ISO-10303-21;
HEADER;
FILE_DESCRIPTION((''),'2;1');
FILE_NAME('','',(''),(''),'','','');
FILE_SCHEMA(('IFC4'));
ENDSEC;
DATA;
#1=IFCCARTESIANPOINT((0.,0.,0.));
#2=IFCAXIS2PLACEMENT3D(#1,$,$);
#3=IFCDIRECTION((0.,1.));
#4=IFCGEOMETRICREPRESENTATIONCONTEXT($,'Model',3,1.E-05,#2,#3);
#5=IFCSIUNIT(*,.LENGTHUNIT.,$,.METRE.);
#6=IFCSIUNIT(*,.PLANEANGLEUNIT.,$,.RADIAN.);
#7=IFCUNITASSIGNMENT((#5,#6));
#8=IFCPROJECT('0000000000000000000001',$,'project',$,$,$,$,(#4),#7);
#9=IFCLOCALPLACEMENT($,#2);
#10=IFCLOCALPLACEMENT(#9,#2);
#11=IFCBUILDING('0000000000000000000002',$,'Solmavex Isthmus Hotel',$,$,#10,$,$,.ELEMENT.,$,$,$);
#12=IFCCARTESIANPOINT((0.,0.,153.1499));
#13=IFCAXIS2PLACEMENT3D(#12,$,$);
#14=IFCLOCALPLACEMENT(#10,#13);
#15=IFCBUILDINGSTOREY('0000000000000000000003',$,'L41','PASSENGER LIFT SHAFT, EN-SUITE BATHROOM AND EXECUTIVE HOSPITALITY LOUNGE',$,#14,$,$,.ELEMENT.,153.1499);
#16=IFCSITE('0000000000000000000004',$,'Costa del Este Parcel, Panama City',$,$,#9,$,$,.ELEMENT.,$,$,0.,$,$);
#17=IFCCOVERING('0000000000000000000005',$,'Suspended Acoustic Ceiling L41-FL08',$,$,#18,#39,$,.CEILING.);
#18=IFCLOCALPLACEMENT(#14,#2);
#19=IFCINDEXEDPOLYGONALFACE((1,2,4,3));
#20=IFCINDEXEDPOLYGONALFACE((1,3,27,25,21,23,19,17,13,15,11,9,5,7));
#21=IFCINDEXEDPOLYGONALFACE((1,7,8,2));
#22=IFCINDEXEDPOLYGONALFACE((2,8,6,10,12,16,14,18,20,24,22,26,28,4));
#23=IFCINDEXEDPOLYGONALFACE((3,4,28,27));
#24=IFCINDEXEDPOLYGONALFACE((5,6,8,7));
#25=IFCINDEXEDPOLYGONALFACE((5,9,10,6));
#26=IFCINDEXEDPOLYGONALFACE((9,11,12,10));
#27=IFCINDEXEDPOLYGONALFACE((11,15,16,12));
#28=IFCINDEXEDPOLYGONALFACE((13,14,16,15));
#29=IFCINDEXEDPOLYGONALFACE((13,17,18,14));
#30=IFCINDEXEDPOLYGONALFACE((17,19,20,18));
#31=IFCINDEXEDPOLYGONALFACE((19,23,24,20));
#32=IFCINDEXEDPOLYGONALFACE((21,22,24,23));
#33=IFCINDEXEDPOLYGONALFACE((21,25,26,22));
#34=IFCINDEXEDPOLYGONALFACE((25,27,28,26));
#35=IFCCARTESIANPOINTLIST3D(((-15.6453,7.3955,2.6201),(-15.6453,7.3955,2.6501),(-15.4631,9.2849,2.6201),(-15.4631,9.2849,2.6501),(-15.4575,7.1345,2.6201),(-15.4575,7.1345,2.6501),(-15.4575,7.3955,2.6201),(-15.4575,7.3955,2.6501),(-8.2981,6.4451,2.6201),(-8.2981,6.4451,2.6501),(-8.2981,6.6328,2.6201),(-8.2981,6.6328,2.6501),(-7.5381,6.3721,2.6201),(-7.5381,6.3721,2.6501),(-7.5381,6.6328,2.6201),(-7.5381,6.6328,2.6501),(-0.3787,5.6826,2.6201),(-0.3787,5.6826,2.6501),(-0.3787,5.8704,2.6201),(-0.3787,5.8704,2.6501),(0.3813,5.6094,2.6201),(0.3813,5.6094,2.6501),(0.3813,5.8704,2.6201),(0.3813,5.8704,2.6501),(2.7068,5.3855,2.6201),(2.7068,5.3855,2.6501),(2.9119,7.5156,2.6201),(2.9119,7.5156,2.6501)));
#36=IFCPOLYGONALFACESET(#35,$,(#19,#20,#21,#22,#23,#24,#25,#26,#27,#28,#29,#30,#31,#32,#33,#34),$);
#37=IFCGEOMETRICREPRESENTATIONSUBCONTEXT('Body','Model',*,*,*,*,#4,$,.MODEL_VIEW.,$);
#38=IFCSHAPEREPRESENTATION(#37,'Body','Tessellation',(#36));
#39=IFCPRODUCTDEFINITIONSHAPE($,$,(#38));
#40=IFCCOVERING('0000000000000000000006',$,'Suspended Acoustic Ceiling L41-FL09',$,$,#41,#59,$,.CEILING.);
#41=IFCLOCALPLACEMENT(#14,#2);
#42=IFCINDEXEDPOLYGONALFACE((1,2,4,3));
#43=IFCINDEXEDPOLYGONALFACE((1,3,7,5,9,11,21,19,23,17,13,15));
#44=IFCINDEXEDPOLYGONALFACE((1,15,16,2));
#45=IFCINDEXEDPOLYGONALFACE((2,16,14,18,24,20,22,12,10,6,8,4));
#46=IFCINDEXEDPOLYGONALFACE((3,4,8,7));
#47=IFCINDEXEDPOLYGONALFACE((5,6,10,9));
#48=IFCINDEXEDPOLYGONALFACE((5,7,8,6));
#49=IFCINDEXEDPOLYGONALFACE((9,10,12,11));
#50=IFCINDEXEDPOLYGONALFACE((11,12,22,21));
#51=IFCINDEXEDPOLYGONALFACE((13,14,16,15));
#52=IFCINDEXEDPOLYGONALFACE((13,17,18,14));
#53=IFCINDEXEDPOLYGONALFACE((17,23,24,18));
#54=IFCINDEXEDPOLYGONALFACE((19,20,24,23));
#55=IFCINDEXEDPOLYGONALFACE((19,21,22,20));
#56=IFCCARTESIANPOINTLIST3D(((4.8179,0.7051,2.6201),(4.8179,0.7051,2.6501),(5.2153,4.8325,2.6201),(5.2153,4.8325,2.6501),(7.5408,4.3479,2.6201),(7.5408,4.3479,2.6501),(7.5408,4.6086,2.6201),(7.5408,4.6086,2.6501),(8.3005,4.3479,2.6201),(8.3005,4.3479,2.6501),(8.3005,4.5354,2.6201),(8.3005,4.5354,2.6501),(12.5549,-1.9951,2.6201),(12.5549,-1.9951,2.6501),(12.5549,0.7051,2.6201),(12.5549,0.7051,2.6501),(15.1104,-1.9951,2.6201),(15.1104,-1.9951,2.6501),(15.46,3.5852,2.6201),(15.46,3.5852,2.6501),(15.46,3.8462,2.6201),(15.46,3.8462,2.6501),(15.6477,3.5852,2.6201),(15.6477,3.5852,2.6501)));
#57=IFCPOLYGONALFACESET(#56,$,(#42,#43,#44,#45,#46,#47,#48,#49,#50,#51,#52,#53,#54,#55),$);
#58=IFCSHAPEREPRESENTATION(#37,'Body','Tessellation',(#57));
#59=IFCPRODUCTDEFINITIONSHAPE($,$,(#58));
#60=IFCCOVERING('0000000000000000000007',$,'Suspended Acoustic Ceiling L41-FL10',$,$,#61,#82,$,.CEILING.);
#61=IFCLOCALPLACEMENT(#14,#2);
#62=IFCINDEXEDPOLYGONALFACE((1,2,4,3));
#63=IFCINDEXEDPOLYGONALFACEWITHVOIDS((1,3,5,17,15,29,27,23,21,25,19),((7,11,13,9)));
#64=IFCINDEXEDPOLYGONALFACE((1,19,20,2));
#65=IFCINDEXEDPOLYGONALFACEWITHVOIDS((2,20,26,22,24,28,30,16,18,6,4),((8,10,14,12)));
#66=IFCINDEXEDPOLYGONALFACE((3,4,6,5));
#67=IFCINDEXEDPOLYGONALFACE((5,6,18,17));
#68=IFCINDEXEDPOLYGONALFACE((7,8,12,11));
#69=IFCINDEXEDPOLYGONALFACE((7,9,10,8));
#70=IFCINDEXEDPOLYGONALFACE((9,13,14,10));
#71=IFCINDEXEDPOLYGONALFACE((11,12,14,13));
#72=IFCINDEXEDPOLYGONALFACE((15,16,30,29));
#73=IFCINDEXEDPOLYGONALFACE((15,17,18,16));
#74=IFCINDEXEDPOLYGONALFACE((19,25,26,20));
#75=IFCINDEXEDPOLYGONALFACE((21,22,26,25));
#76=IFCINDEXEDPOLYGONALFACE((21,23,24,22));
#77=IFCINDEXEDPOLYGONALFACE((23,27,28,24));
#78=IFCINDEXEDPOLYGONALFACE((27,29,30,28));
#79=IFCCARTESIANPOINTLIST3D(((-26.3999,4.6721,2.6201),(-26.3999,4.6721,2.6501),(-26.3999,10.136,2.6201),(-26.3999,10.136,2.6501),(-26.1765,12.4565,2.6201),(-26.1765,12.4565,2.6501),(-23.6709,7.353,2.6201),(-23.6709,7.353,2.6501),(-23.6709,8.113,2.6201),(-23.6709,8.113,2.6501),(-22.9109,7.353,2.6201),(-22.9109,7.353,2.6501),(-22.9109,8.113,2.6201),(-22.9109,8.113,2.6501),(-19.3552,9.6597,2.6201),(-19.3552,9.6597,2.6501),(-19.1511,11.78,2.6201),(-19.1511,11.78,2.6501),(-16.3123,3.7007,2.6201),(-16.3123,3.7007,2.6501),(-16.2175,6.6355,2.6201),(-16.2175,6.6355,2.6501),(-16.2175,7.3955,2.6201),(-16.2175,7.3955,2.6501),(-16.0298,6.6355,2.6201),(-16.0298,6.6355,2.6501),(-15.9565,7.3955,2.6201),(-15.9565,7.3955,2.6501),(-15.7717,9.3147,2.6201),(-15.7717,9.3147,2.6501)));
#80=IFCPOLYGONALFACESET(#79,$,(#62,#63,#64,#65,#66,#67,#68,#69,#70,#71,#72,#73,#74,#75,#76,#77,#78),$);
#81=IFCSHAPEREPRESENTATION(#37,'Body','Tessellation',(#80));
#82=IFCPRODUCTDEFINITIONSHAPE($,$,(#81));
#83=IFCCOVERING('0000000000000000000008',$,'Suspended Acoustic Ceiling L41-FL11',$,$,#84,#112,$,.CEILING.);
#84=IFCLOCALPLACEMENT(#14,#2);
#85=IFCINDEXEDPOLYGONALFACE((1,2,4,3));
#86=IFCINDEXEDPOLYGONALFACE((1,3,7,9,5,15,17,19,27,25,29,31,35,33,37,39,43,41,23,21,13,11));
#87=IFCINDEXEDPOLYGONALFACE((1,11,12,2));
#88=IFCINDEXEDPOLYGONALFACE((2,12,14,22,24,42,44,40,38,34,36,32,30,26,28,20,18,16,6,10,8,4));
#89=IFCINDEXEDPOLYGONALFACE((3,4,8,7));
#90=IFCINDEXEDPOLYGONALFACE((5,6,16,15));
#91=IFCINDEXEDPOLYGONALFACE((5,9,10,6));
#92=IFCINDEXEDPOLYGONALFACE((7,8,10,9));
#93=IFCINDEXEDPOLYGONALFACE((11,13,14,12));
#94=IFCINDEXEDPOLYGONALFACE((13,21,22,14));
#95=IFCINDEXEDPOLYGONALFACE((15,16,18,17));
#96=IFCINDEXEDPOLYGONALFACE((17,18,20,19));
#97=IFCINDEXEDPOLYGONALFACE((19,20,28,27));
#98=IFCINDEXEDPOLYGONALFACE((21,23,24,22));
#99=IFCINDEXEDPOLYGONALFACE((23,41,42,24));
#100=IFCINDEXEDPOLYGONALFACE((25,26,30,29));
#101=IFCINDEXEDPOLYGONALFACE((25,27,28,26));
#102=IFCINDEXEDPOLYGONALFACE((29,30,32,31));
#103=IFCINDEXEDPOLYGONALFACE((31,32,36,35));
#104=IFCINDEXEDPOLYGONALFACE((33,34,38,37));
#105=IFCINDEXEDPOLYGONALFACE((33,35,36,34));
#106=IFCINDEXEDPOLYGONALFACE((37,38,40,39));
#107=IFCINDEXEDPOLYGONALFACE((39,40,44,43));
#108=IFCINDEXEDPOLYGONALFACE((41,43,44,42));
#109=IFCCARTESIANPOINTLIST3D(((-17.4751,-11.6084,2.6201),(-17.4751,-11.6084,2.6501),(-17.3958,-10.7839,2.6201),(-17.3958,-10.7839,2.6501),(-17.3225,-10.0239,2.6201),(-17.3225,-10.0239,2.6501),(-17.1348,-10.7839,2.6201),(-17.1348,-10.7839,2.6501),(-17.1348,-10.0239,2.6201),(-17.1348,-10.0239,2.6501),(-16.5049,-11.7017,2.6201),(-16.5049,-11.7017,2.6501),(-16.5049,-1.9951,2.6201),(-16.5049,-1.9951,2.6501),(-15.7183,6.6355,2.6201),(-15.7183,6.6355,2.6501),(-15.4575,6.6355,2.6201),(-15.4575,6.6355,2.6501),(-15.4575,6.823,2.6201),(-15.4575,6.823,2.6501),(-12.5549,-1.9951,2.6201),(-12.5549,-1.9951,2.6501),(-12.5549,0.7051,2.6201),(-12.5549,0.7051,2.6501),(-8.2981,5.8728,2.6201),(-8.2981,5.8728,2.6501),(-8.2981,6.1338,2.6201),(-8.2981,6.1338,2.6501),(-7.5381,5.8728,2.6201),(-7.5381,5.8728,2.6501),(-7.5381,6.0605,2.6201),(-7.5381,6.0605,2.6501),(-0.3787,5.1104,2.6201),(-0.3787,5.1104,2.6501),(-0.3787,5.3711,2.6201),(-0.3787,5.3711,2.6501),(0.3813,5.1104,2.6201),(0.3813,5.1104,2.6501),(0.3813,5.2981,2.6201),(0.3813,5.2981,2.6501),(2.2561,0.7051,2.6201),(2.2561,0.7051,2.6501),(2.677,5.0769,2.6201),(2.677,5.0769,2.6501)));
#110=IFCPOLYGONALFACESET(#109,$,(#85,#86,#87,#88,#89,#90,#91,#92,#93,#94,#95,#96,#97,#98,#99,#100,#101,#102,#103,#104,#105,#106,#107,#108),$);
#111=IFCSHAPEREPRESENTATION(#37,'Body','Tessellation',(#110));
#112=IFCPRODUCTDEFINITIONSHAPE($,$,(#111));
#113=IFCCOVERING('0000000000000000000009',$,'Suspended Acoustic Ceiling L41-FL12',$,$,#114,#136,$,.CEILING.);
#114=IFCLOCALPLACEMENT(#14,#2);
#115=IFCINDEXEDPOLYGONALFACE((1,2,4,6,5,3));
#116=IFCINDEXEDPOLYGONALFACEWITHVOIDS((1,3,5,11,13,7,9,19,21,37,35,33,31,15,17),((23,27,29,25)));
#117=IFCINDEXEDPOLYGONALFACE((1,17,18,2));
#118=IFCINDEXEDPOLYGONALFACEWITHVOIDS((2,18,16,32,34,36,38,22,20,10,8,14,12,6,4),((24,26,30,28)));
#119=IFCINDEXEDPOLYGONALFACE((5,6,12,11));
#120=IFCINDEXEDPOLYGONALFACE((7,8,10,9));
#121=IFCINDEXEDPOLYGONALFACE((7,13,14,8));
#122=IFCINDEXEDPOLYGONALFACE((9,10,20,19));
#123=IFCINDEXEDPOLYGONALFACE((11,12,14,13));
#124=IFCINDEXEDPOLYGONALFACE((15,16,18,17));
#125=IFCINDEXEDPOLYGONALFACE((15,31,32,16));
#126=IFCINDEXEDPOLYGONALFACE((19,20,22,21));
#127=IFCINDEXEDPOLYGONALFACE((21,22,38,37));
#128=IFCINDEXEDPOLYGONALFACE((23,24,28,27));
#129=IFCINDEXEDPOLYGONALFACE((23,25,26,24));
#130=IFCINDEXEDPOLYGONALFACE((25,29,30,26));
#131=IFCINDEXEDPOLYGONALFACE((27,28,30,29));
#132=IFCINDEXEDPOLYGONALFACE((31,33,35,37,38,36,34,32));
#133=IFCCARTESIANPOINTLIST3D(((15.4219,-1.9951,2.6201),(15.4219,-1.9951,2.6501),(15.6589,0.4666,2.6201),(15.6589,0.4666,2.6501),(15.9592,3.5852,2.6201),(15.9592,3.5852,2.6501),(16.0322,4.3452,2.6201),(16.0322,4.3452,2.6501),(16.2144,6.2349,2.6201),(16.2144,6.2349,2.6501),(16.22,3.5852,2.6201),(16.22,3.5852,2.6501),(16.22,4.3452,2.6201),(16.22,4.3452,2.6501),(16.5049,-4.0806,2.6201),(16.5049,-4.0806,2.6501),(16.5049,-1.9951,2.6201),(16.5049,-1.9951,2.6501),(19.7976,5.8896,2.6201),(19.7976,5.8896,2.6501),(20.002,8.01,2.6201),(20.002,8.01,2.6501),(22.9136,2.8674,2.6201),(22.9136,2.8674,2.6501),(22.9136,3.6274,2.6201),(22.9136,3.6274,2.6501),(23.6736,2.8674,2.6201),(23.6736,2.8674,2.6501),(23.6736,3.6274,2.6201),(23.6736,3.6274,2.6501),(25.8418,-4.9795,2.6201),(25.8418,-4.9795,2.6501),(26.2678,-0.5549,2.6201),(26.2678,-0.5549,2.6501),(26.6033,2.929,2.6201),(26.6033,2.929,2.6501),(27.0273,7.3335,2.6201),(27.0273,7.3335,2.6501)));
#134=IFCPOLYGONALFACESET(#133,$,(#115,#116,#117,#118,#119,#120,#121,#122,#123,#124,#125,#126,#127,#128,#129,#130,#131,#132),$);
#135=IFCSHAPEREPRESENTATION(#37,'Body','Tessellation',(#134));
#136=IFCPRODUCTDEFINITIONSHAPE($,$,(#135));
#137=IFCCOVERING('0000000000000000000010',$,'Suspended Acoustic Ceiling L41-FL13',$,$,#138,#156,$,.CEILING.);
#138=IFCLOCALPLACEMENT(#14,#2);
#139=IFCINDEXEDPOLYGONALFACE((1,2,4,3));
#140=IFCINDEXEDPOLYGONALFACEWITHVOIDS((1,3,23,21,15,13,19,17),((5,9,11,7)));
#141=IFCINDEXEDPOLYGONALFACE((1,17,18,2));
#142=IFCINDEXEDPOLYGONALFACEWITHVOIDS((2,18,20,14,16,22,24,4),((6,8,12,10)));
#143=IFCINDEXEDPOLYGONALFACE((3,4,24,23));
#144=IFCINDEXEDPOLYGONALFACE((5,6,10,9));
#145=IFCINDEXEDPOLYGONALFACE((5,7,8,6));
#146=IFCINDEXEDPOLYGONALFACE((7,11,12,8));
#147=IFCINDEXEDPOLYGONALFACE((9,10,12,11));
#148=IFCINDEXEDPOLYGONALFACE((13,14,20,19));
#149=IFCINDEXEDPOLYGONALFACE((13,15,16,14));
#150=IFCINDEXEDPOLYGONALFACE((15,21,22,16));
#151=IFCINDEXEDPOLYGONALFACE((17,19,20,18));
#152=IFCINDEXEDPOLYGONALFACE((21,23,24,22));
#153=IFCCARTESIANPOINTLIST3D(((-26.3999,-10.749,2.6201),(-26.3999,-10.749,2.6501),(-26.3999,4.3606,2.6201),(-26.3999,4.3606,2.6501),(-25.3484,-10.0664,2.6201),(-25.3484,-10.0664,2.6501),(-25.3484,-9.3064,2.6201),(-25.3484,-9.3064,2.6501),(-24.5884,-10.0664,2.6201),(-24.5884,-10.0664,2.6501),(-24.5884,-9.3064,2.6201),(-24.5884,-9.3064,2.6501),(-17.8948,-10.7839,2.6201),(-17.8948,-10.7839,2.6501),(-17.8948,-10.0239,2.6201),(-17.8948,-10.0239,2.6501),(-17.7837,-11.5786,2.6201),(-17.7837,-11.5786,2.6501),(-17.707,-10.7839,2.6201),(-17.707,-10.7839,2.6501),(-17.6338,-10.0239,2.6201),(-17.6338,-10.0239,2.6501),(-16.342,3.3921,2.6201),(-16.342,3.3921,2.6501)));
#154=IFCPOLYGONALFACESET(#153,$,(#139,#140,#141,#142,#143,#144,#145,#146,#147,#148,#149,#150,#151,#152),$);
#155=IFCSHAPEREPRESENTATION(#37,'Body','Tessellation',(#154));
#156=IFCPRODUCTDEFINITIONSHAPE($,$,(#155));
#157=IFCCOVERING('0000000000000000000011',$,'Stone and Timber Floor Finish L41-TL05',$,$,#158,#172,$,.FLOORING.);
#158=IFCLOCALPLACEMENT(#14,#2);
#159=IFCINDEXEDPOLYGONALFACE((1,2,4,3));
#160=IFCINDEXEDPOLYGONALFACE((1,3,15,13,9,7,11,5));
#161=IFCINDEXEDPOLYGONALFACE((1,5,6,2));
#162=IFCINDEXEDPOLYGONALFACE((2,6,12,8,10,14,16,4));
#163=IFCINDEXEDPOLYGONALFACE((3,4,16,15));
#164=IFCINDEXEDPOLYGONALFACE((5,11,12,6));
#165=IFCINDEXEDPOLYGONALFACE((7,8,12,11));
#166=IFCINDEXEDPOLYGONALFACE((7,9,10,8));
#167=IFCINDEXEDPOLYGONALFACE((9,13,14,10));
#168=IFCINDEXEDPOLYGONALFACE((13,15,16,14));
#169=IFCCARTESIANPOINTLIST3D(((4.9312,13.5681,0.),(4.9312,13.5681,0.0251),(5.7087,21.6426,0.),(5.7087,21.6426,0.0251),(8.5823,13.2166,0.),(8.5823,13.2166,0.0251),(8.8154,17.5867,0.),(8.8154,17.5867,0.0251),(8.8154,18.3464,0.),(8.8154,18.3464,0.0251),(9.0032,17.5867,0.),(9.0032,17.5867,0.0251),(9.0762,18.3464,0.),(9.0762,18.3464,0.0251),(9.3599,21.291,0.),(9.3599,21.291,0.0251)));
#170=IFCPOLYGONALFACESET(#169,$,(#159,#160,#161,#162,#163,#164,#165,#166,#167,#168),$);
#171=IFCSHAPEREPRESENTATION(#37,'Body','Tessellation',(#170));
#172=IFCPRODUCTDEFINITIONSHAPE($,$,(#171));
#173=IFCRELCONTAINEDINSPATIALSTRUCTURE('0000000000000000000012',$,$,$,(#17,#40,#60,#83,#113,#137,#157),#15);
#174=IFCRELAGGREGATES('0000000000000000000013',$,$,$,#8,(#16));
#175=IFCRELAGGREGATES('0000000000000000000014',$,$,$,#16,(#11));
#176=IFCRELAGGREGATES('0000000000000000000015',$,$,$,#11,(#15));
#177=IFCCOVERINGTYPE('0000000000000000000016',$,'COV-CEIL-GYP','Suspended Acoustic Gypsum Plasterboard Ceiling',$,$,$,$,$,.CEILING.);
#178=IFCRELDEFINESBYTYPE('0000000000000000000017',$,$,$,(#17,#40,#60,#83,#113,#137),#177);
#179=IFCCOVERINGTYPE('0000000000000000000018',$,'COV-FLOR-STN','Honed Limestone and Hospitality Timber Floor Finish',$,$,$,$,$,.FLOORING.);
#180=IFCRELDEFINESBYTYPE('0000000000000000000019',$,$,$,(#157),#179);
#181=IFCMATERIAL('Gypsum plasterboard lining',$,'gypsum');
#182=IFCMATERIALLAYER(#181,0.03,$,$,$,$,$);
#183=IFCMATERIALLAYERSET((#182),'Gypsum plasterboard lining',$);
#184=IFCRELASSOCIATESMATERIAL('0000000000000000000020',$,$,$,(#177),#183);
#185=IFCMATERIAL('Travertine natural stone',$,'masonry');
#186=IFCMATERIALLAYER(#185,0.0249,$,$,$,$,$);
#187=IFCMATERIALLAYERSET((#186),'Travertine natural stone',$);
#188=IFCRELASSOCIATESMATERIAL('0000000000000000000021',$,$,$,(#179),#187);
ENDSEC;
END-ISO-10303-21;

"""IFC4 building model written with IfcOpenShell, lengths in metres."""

from ifc_helpers import new_model, si_unit, direction, frame, origin, place, context, subcontext, project, spatial, polyline, outline, extrude, material, layer, layer_set, type_object, element, save


model = new_model("IFC4")

# Units and contexts
model_context = context("Model", 3, precision=1e-05, world=origin(), true_north=direction((0.0, 1.0)))
body_context = subcontext(model_context, "Body", "Model", "MODEL_VIEW")
ifc_project = project(units=[si_unit("LENGTHUNIT", "METRE"), si_unit("PLANEANGLEUNIT", "RADIAN")], contexts=[model_context])

# Site, building, storey
site_placement = place(None, origin())
site = spatial("IfcSite", under=ifc_project, at=site_placement, Name="Costa del Este Parcel, Panama City", CompositionType="ELEMENT", RefElevation=0.0)
building_placement = place(site_placement, origin())
building = spatial("IfcBuilding", under=site, at=building_placement, Name="Solmavex Isthmus Hotel", CompositionType="ELEMENT")
storey_placement = place(building_placement, frame((0.0, 0.0, 153.1499)))
storey = spatial("IfcBuildingStorey", under=building, at=storey_placement, Name="L41", Description="PASSENGER LIFT SHAFT, EN-SUITE BATHROOM AND EXECUTIVE HOSPITALITY LOUNGE", CompositionType="ELEMENT", Elevation=153.1499)

# Shared definitions
ifc_material_1 = material(Name="Gypsum plasterboard lining", Category="gypsum")

# Coverings
ifc_layer_1 = layer(ifc_material_1, 0.03)
ifc_layer_set_1 = layer_set([ifc_layer_1], Name="Gypsum plasterboard lining")
covering_type_1 = type_object("IfcCoveringType", Name="COV-CEIL-GYP", Description="Suspended Acoustic Gypsum Plasterboard Ceiling", PredefinedType="CEILING", material=ifc_layer_set_1)
covering_1_placement = place(storey_placement, frame((0.0, 0.0, 2.6201)))
element("IfcCovering", 1, at=covering_1_placement, inside=storey, type_object=covering_type_1, Name="Suspended Acoustic Ceiling L41-FL08", PredefinedType="CEILING", context=body_context, shape_type="SweptSolid", body=[
    extrude(outline(polyline([(-0.3787, 5.6826), (-0.3787, 5.8704), (0.3813, 5.8704), (0.3813, 5.6094), (2.7068, 5.3855), (2.9119, 7.5156), (-15.4631, 9.2849), (-15.6453, 7.3955), (-15.4575, 7.3955), (-15.4575, 7.1345), (-8.2981, 6.4451), (-8.2981, 6.6328), (-7.5381, 6.6328), (-7.5381, 6.3721), (-0.3787, 5.6826)])), origin(), (0.0, 0.0, 1.0), 0.03),
])
covering_2_placement = place(storey_placement, frame((0.0, 0.0, 2.6201)))
element("IfcCovering", 2, at=covering_2_placement, inside=storey, type_object=covering_type_1, Name="Suspended Acoustic Ceiling L41-FL09", PredefinedType="CEILING", context=body_context, shape_type="SweptSolid", body=[
    extrude(outline(polyline([(8.3005, 4.5354), (8.3005, 4.3479), (7.5408, 4.3479), (7.5408, 4.6086), (5.2153, 4.8325), (4.8179, 0.7051), (12.5549, 0.7051), (12.5549, -1.9951), (15.1104, -1.9951), (15.6477, 3.5852), (15.46, 3.5852), (15.46, 3.8462), (8.3005, 4.5354)])), origin(), (0.0, 0.0, 1.0), 0.03),
])
covering_3_placement = place(storey_placement, frame((0.0, 0.0, 2.6201)))
element("IfcCovering", 3, at=covering_3_placement, inside=storey, type_object=covering_type_1, Name="Suspended Acoustic Ceiling L41-FL10", PredefinedType="CEILING", context=body_context, shape_type="SweptSolid", body=[
    extrude(outline(polyline([(-16.0298, 6.6355), (-16.2175, 6.6355), (-16.2175, 7.3955), (-15.9565, 7.3955), (-15.7717, 9.3147), (-19.3552, 9.6597), (-19.1511, 11.78), (-26.1765, 12.4565), (-26.3999, 10.136), (-26.3999, 4.6721), (-16.3123, 3.7007), (-16.0298, 6.6355)]), holes=[polyline([(-23.6709, 7.353), (-23.6709, 8.113), (-22.9109, 8.113), (-22.9109, 7.353), (-23.6709, 7.353)])]), origin(), (0.0, 0.0, 1.0), 0.03),
])
covering_4_placement = place(storey_placement, frame((0.0, 0.0, 2.6201)))
element("IfcCovering", 4, at=covering_4_placement, inside=storey, type_object=covering_type_1, Name="Suspended Acoustic Ceiling L41-FL11", PredefinedType="CEILING", context=body_context, shape_type="SweptSolid", body=[
    extrude(outline(polyline([(-17.3225, -10.0239), (-17.1348, -10.0239), (-17.1348, -10.7839), (-17.3958, -10.7839), (-17.4751, -11.6084), (-16.5049, -11.7017), (-16.5049, -1.9951), (-12.5549, -1.9951), (-12.5549, 0.7051), (2.2561, 0.7051), (2.677, 5.0769), (0.3813, 5.2981), (0.3813, 5.1104), (-0.3787, 5.1104), (-0.3787, 5.3711), (-7.5381, 6.0605), (-7.5381, 5.8728), (-8.2981, 5.8728), (-8.2981, 6.1338), (-15.4575, 6.823), (-15.4575, 6.6355), (-15.7183, 6.6355), (-17.3225, -10.0239)])), origin(), (0.0, 0.0, 1.0), 0.03),
])
covering_5_placement = place(storey_placement, frame((0.0, 0.0, 2.6201)))
element("IfcCovering", 5, at=covering_5_placement, inside=storey, type_object=covering_type_1, Name="Suspended Acoustic Ceiling L41-FL12", PredefinedType="CEILING", context=body_context, shape_type="SweptSolid", body=[
    extrude(outline(polyline([(16.0322, 4.3452), (16.22, 4.3452), (16.22, 3.5852), (15.9592, 3.5852), (15.6589, 0.4666), (15.4219, -1.9951), (16.5049, -1.9951), (16.5049, -4.0806), (25.8418, -4.9795), (26.2678, -0.5549), (26.6033, 2.929), (27.0273, 7.3335), (20.002, 8.01), (19.7976, 5.8896), (16.2144, 6.2349), (16.0322, 4.3452)]), holes=[polyline([(22.9136, 2.8674), (22.9136, 3.6274), (23.6736, 3.6274), (23.6736, 2.8674), (22.9136, 2.8674)])]), origin(), (0.0, 0.0, 1.0), 0.03),
])
covering_6_placement = place(storey_placement, frame((0.0, 0.0, 2.6201)))
element("IfcCovering", 6, at=covering_6_placement, inside=storey, type_object=covering_type_1, Name="Suspended Acoustic Ceiling L41-FL13", PredefinedType="CEILING", context=body_context, shape_type="SweptSolid", body=[
    extrude(outline(polyline([(-26.3999, 4.3606), (-26.3999, -10.749), (-17.7837, -11.5786), (-17.707, -10.7839), (-17.8948, -10.7839), (-17.8948, -10.0239), (-17.6338, -10.0239), (-16.342, 3.3921), (-26.3999, 4.3606)]), holes=[polyline([(-25.3484, -10.0664), (-25.3484, -9.3064), (-24.5884, -9.3064), (-24.5884, -10.0664), (-25.3484, -10.0664)])]), origin(), (0.0, 0.0, 1.0), 0.03),
])
ifc_material_2 = material(Name="Travertine natural stone", Category="masonry")
ifc_layer_2 = layer(ifc_material_2, 0.0249)
ifc_layer_set_2 = layer_set([ifc_layer_2], Name="Travertine natural stone")
covering_type_2 = type_object("IfcCoveringType", Name="COV-FLOR-STN", Description="Honed Limestone and Hospitality Timber Floor Finish", PredefinedType="FLOORING", material=ifc_layer_set_2)
covering_7_placement = place(storey_placement, origin())
element("IfcCovering", 7, at=covering_7_placement, inside=storey, type_object=covering_type_2, Name="Stone and Timber Floor Finish L41-TL05", PredefinedType="FLOORING", context=body_context, shape_type="SweptSolid", body=[
    extrude(outline(polyline([(9.0032, 17.5867), (8.8154, 17.5867), (8.8154, 18.3464), (9.0762, 18.3464), (9.3599, 21.291), (5.7087, 21.6426), (4.9312, 13.5681), (8.5823, 13.2166), (9.0032, 17.5867)])), origin(), (0.0, 0.0, 1.0), 0.0251),
])

save(model, "model.ifc")
